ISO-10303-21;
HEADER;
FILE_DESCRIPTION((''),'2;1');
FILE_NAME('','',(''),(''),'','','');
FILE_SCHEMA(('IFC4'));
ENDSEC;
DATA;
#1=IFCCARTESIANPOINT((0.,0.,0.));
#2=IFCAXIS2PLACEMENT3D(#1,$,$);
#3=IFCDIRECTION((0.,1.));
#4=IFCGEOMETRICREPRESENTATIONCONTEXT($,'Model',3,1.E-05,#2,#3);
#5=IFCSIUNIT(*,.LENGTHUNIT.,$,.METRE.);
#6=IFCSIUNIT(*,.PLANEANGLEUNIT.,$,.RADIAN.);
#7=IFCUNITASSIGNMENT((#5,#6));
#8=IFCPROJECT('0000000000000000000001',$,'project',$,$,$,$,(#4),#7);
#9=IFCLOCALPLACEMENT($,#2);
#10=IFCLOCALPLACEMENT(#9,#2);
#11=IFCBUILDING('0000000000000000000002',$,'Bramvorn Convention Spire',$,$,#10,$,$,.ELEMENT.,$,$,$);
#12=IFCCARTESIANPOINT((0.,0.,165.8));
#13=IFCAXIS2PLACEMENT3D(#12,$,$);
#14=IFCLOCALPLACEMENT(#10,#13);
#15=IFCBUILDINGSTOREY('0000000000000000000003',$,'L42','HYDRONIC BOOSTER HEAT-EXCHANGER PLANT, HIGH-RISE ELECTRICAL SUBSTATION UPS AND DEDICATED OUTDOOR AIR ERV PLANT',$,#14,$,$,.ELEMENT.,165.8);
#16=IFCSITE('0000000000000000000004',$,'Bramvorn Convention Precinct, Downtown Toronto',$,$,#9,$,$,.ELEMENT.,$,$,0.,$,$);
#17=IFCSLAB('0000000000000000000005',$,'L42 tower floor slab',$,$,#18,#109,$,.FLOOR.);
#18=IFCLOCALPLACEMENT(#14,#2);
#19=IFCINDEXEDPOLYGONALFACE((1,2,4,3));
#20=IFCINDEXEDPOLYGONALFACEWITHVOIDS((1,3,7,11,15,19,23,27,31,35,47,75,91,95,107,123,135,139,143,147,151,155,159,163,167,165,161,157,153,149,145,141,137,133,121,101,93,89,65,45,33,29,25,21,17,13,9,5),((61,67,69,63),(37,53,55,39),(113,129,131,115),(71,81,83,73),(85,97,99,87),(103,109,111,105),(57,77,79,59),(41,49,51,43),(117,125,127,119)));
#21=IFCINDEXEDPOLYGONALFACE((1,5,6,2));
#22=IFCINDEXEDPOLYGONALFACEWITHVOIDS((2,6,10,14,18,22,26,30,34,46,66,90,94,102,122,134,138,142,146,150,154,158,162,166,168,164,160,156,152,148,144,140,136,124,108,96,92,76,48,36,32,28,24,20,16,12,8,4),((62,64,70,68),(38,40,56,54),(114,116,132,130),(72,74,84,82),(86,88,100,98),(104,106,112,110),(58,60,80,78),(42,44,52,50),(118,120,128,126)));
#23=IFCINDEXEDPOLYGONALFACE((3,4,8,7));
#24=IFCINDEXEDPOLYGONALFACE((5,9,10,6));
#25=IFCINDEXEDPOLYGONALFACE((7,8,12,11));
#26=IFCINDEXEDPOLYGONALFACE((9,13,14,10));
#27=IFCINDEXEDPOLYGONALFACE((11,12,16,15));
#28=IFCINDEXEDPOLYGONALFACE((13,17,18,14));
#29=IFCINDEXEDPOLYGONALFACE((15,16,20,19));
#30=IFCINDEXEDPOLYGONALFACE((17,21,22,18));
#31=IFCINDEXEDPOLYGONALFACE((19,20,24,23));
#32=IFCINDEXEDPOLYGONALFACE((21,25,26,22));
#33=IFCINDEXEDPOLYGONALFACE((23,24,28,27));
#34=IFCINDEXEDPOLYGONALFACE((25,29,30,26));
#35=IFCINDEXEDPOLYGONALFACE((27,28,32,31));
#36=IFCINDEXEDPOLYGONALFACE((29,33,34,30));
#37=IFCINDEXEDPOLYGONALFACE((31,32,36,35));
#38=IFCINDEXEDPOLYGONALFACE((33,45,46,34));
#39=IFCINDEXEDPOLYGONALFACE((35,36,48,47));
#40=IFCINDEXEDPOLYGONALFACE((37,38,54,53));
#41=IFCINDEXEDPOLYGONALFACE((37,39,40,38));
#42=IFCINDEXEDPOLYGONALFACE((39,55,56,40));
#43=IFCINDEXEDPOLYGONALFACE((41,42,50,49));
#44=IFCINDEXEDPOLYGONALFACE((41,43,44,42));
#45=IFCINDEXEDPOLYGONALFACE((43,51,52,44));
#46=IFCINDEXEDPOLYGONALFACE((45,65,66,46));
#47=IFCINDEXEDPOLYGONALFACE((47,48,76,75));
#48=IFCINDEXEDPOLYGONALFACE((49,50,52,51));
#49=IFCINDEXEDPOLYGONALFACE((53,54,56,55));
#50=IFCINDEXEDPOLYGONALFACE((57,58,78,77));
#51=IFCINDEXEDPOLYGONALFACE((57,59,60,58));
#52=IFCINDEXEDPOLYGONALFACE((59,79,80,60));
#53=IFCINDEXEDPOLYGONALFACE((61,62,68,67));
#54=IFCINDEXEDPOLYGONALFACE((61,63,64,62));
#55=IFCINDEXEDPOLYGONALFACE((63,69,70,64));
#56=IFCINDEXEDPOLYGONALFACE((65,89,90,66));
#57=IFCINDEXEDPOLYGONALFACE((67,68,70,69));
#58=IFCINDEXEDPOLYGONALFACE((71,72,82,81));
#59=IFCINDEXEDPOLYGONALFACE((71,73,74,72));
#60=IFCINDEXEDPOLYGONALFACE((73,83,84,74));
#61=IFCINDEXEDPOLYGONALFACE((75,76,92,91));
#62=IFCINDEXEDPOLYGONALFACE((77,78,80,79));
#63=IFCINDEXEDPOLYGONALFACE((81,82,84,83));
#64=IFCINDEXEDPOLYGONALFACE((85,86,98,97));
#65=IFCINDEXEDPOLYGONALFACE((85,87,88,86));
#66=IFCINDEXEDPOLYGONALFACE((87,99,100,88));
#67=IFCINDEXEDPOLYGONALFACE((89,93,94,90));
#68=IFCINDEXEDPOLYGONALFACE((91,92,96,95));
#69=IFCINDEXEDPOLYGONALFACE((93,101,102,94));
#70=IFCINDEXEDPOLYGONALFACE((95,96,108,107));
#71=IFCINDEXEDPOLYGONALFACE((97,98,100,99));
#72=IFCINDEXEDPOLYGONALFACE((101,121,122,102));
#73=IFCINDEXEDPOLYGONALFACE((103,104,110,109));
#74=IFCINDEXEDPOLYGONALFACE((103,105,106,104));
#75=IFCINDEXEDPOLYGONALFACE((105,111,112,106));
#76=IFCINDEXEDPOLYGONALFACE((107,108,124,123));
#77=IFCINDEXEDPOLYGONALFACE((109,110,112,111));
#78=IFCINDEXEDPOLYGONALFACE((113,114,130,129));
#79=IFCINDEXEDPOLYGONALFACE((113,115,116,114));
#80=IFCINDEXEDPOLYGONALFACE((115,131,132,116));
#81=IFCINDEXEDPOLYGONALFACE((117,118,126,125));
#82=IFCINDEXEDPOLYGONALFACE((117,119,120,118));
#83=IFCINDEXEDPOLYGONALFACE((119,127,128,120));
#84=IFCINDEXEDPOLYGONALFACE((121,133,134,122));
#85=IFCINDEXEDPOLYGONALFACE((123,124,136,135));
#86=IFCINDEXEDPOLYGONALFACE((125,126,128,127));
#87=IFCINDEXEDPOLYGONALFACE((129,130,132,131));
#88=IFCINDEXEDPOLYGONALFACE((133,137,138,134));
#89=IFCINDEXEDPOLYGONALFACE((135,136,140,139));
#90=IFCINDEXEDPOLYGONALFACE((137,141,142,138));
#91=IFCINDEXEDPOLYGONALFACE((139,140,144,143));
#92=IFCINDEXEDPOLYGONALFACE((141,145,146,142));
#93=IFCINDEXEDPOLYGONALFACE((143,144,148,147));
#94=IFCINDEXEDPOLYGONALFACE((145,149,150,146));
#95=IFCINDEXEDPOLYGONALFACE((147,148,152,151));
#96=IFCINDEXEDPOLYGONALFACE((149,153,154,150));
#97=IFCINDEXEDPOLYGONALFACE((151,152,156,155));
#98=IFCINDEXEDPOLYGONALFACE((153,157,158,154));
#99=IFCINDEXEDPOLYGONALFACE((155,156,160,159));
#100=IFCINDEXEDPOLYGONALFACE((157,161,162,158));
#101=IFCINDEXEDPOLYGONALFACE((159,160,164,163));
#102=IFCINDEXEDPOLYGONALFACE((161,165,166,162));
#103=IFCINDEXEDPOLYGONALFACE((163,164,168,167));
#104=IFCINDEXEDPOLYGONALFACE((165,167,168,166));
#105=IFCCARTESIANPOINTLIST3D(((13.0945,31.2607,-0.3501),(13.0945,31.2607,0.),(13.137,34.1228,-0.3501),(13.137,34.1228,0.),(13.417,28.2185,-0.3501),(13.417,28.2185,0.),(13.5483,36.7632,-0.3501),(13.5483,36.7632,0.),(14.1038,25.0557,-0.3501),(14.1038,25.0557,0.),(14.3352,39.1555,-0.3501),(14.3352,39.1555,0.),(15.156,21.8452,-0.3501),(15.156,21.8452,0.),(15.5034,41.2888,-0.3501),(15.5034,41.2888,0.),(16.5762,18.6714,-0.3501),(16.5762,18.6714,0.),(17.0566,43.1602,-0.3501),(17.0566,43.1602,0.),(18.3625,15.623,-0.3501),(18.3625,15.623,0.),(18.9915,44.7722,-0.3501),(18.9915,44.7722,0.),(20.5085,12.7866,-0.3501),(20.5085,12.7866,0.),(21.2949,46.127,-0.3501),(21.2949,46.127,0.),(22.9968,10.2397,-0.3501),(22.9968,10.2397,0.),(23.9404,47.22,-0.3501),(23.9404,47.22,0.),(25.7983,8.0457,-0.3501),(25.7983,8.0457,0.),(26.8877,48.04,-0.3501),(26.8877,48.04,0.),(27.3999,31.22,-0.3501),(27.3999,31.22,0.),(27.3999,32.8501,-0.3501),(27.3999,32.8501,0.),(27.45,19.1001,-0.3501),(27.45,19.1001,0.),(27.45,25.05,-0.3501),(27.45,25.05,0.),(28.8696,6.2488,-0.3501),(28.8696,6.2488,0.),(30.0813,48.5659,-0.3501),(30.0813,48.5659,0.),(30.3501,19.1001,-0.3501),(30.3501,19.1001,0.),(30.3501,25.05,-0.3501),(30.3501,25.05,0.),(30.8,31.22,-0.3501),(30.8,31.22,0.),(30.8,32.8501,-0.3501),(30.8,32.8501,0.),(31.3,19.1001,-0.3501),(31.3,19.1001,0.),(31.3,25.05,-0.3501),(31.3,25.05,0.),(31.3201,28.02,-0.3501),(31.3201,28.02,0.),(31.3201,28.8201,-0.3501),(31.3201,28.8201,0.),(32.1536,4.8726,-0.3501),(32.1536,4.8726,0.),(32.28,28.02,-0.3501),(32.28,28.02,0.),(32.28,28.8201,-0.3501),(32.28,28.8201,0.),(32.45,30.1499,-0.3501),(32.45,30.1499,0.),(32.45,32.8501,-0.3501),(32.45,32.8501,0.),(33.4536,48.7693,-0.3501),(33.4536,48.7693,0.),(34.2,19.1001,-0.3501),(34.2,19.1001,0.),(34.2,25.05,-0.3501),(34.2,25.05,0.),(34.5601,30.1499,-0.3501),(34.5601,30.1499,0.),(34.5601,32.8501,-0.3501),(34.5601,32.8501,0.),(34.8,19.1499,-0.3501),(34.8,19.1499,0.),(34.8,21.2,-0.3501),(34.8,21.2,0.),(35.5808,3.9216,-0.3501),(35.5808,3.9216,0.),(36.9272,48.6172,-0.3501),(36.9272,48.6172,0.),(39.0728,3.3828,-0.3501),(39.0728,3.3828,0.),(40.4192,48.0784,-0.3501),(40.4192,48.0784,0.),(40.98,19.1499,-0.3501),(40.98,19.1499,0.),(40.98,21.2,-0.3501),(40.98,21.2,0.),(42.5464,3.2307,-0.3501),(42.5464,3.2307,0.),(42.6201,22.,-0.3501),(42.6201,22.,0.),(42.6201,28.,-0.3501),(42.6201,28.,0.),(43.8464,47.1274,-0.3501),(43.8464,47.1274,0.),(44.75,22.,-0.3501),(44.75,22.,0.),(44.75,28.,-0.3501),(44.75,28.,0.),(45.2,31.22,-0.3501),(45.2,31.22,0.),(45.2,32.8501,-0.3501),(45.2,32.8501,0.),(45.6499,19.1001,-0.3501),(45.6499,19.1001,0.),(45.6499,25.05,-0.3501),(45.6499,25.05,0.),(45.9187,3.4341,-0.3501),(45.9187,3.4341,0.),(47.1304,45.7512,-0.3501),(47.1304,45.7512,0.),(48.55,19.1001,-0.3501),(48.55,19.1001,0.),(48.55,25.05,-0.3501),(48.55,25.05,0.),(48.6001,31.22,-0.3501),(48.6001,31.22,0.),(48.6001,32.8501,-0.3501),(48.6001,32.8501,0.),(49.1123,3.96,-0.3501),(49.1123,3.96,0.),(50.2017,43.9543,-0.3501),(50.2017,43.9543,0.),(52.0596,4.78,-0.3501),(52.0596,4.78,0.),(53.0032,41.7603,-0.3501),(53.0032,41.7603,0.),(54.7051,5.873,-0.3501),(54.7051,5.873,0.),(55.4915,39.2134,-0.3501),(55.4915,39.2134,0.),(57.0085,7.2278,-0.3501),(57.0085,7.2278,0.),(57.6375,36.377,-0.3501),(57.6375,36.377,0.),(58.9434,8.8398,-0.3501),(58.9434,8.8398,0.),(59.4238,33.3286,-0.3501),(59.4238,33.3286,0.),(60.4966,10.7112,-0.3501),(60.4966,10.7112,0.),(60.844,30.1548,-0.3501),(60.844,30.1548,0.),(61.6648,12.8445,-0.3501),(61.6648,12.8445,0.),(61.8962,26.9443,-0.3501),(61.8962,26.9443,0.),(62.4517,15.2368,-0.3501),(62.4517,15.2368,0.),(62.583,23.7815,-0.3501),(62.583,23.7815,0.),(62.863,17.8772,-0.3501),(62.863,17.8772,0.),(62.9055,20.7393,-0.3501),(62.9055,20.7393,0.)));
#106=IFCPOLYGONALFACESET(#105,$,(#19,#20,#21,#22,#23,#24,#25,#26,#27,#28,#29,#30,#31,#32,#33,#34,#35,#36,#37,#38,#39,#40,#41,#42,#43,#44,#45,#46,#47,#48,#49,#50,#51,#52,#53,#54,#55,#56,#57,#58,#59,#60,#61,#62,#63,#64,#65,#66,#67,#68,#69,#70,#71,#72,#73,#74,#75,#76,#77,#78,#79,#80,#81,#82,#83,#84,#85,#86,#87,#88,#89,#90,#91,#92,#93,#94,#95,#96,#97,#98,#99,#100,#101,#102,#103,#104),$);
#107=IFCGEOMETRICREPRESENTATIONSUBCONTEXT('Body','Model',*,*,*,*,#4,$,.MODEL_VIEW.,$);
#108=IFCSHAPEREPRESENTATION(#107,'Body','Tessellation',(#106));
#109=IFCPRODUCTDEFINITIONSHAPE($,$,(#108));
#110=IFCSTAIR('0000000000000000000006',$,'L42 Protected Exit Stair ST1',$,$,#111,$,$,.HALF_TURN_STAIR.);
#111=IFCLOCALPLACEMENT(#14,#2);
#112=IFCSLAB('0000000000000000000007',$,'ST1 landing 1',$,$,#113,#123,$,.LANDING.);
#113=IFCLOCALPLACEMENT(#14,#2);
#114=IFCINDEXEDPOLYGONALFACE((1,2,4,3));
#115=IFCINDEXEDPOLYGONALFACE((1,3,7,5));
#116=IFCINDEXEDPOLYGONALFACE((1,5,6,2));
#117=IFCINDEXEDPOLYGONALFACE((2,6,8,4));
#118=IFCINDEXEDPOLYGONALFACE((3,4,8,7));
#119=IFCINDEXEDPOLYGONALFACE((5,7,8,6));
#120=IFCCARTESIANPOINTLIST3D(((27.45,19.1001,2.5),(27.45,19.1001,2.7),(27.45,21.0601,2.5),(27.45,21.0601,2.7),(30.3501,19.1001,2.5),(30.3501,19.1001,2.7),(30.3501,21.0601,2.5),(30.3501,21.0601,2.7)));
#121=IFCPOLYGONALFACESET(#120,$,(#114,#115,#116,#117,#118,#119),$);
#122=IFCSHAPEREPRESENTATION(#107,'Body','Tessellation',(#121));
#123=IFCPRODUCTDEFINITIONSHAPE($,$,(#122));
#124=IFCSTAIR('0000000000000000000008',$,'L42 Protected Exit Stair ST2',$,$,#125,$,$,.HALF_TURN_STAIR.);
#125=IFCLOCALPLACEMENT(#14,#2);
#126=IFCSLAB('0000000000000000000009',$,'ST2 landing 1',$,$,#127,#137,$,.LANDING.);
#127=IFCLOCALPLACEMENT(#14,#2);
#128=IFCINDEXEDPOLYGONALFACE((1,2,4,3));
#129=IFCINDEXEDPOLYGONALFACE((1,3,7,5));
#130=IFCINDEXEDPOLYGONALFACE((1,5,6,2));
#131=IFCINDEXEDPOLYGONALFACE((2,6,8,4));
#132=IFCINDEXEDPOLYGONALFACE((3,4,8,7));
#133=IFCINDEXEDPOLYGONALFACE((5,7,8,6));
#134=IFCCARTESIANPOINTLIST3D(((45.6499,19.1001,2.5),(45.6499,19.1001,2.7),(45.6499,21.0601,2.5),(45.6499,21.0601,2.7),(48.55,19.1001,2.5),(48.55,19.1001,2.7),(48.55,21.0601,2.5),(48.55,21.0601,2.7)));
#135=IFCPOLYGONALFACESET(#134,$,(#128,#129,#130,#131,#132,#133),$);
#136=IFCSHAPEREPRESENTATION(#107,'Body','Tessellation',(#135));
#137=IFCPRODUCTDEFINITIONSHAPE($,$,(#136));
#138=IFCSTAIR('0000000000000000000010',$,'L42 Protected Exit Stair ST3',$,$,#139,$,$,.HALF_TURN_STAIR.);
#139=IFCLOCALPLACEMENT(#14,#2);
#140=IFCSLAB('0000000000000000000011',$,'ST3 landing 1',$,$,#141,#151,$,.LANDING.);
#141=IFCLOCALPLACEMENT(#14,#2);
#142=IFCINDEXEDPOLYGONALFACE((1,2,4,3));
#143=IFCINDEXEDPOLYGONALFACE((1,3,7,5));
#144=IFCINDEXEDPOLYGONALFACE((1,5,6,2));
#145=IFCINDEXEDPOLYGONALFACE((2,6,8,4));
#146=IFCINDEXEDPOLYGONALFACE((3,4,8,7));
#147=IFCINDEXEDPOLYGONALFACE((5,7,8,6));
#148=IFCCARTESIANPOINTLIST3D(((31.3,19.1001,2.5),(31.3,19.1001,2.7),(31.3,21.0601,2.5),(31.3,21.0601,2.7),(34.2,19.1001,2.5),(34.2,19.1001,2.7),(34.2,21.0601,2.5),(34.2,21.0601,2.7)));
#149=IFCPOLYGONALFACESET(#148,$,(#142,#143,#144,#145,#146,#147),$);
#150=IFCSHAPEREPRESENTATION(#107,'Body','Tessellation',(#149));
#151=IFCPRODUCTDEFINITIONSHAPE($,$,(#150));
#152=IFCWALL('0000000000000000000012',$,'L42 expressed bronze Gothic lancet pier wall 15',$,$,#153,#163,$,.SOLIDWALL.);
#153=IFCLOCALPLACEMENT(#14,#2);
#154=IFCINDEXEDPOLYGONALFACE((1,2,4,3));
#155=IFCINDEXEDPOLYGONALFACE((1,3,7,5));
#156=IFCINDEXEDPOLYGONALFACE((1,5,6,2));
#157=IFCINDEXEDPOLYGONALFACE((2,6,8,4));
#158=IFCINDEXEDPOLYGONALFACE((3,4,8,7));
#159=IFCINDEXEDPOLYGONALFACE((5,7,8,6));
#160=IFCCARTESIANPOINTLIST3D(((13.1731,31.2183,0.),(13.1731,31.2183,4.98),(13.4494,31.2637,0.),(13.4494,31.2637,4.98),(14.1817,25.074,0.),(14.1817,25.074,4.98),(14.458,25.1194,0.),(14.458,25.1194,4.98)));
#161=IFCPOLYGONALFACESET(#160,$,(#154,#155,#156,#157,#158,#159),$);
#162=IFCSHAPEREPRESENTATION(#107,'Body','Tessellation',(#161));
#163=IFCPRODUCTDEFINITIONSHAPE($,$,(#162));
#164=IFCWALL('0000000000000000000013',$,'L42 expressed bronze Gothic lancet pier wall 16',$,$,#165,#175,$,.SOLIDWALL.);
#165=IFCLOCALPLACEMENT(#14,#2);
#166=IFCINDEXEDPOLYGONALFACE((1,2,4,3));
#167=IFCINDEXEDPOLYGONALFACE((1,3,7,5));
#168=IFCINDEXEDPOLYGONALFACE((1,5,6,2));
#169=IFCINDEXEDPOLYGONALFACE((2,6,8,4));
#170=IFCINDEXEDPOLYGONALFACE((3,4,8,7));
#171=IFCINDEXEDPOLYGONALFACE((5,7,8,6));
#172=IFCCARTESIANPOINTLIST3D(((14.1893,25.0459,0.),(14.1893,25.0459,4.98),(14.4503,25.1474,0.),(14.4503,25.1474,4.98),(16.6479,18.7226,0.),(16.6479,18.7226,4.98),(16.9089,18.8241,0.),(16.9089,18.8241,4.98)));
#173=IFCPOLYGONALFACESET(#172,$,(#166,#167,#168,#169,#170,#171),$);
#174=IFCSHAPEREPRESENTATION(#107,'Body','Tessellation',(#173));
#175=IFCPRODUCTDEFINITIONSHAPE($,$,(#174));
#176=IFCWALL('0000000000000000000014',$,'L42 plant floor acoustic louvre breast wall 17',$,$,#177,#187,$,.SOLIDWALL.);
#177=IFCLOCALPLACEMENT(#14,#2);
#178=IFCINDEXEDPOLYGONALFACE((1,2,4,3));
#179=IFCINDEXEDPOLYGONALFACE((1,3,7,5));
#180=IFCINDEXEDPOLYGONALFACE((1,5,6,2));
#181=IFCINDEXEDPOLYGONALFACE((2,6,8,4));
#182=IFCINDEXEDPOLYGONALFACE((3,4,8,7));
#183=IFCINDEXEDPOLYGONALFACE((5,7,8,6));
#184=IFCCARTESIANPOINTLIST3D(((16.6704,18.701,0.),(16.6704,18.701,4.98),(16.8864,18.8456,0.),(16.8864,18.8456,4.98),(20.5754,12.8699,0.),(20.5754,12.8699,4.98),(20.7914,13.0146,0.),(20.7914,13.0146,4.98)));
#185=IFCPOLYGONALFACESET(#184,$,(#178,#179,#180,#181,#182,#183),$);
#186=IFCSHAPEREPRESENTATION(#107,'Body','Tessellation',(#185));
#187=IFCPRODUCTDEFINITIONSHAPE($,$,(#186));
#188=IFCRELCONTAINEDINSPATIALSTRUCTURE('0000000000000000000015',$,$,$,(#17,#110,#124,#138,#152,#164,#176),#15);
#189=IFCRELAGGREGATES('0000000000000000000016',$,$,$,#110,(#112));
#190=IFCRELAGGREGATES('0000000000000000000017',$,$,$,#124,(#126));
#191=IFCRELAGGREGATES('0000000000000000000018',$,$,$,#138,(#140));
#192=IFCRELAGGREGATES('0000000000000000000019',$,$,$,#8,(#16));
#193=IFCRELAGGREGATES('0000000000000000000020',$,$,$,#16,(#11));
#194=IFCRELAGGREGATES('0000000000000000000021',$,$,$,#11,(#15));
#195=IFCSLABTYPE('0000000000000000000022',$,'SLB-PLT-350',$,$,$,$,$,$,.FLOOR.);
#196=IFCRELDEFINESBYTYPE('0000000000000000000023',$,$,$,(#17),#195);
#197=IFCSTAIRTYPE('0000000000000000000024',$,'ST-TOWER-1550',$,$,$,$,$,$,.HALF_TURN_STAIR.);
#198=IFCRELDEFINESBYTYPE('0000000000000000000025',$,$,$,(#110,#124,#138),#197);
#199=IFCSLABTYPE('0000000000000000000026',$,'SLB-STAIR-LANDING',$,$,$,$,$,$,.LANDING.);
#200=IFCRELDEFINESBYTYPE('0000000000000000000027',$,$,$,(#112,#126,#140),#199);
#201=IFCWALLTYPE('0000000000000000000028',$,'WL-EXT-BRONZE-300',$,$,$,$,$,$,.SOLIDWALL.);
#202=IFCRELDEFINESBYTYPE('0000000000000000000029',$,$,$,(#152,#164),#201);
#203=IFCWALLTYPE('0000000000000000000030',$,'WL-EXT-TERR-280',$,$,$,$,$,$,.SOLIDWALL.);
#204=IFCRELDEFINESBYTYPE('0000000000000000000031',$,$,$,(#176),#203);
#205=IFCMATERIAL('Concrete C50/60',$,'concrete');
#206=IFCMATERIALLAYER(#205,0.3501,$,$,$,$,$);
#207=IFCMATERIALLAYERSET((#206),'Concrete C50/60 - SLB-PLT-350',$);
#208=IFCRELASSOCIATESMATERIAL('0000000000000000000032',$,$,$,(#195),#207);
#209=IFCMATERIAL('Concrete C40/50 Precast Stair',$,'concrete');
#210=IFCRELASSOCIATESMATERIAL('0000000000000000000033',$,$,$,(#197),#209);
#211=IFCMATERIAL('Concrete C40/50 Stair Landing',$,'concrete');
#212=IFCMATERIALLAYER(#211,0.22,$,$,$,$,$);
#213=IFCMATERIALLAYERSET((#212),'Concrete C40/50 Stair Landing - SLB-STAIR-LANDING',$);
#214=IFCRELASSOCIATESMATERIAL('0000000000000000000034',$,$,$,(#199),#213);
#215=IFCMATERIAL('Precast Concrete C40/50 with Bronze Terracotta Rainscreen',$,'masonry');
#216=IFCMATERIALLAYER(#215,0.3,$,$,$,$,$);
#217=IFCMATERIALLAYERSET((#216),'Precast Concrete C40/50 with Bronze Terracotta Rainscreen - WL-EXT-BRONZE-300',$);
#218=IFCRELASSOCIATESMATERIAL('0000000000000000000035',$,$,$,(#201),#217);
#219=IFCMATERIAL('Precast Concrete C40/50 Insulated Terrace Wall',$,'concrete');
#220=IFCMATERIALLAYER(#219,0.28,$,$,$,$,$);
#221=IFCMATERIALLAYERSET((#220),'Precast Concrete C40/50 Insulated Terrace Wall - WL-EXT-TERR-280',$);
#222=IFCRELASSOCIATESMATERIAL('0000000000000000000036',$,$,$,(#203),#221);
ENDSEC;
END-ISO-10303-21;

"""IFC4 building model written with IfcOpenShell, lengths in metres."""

from ifc_helpers import new_model, si_unit, direction, frame, frame_2d, origin, place, context, subcontext, project, spatial, polyline, rectangle, outline, extrude, material, layer, layer_set, type_object, element, aggregate, save


model = new_model("IFC4")

# Units and contexts
model_context = context("Model", 3, precision=1e-05, world=origin(), true_north=direction((0.0, 1.0)))
body_context = subcontext(model_context, "Body", "Model", "MODEL_VIEW")
ifc_project = project(units=[si_unit("LENGTHUNIT", "METRE"), si_unit("PLANEANGLEUNIT", "RADIAN")], contexts=[model_context])

# Site, building, storey
site_placement = place(None, origin())
site = spatial("IfcSite", under=ifc_project, at=site_placement, Name="Bramvorn Convention Precinct, Downtown Toronto", CompositionType="ELEMENT", RefElevation=0.0)
building_placement = place(site_placement, origin())
building = spatial("IfcBuilding", under=site, at=building_placement, Name="Bramvorn Convention Spire", CompositionType="ELEMENT")
storey_placement = place(building_placement, frame((0.0, 0.0, 165.8)))
storey = spatial("IfcBuildingStorey", under=building, at=storey_placement, Name="L42", Description="HYDRONIC BOOSTER HEAT-EXCHANGER PLANT, HIGH-RISE ELECTRICAL SUBSTATION UPS AND DEDICATED OUTDOOR AIR ERV PLANT", CompositionType="ELEMENT", Elevation=165.8)

# Slab
ifc_material_1 = material(Name="Concrete C50/60", Category="concrete")
ifc_layer_1 = layer(ifc_material_1, 0.3501)
ifc_layer_set_1 = layer_set([ifc_layer_1], Name="Concrete C50/60 - SLB-PLT-350")
slab_type_1 = type_object("IfcSlabType", Name="SLB-PLT-350", PredefinedType="FLOOR", material=ifc_layer_set_1)
slab_1_placement = place(storey_placement, frame((0.0, 0.0, -0.3501)))
element("IfcSlab", 1, at=slab_1_placement, inside=storey, type_object=slab_type_1, Name="L42 tower floor slab", PredefinedType="FLOOR", context=body_context, shape_type="SweptSolid", body=[
    extrude(outline(polyline([(60.4966, 10.7112), (61.6648, 12.8445), (62.4517, 15.2368), (62.863, 17.8772), (62.9055, 20.7393), (62.583, 23.7815), (61.8962, 26.9443), (60.844, 30.1548), (59.4238, 33.3286), (57.6375, 36.377), (55.4915, 39.2134), (53.0032, 41.7603), (50.2017, 43.9543), (47.1304, 45.7512), (43.8464, 47.1274), (40.4192, 48.0784), (36.9272, 48.6172), (33.4536, 48.7693), (30.0813, 48.5659), (26.8877, 48.04), (23.9404, 47.22), (21.2949, 46.127), (18.9915, 44.7722), (17.0566, 43.1602), (15.5034, 41.2888), (14.3352, 39.1555), (13.5483, 36.7632), (13.137, 34.1228), (13.0945, 31.2607), (13.417, 28.2185), (14.1038, 25.0557), (15.156, 21.8452), (16.5762, 18.6714), (18.3625, 15.623), (20.5085, 12.7866), (22.9968, 10.2397), (25.7983, 8.0457), (28.8696, 6.2488), (32.1536, 4.8726), (35.5808, 3.9216), (39.0728, 3.3828), (42.5464, 3.2307), (45.9187, 3.4341), (49.1123, 3.96), (52.0596, 4.78), (54.7051, 5.873), (57.0085, 7.2278), (58.9434, 8.8398), (60.4966, 10.7112)]), holes=[polyline([(27.45, 25.05), (27.45, 19.1001), (30.3501, 19.1001), (30.3501, 25.05), (27.45, 25.05)]), polyline([(45.6499, 25.05), (45.6499, 19.1001), (48.55, 19.1001), (48.55, 25.05), (45.6499, 25.05)]), polyline([(31.3, 25.05), (31.3, 19.1001), (34.2, 19.1001), (34.2, 25.05), (31.3, 25.05)]), polyline([(27.3999, 31.22), (30.8, 31.22), (30.8, 32.8501), (27.3999, 32.8501), (27.3999, 31.22)]), polyline([(45.2, 31.22), (48.6001, 31.22), (48.6001, 32.8501), (45.2, 32.8501), (45.2, 31.22)]), polyline([(32.45, 30.1499), (34.5601, 30.1499), (34.5601, 32.8501), (32.45, 32.8501), (32.45, 30.1499)]), polyline([(34.8, 19.1499), (40.98, 19.1499), (40.98, 21.2), (34.8, 21.2), (34.8, 19.1499)]), polyline([(42.6201, 22.0), (44.75, 22.0), (44.75, 28.0), (42.6201, 28.0), (42.6201, 22.0)]), polyline([(31.3201, 28.02), (32.28, 28.02), (32.28, 28.8201), (31.3201, 28.8201), (31.3201, 28.02)])]), origin(), (0.0, 0.0, 1.0), 0.3501),
])

# Stairs, slabs
ifc_material_2 = material(Name="Concrete C40/50 Precast Stair", Category="concrete")
stair_type = type_object("IfcStairType", Name="ST-TOWER-1550", PredefinedType="HALF_TURN_STAIR", material=ifc_material_2)
stair_1_placement = place(storey_placement, origin())
stair_1 = element("IfcStair", 2, at=stair_1_placement, inside=storey, type_object=stair_type, Name="L42 Protected Exit Stair ST1", PredefinedType="HALF_TURN_STAIR")
ifc_material_3 = material(Name="Concrete C40/50 Stair Landing", Category="concrete")
ifc_layer_2 = layer(ifc_material_3, 0.22)
ifc_layer_set_2 = layer_set([ifc_layer_2], Name="Concrete C40/50 Stair Landing - SLB-STAIR-LANDING")
slab_type_2 = type_object("IfcSlabType", Name="SLB-STAIR-LANDING", PredefinedType="LANDING", material=ifc_layer_set_2)
slab_2_placement = place(storey_placement, frame((0.0, 0.0, 2.5)))
slab_2 = element("IfcSlab", 3, at=slab_2_placement, type_object=slab_type_2, Name="ST1 landing 1", PredefinedType="LANDING", context=body_context, shape_type="SweptSolid", body=[
    extrude(outline(polyline([(27.45, 21.0601), (27.45, 19.1001), (30.3501, 19.1001), (30.3501, 21.0601), (27.45, 21.0601)])), origin(), (0.0, 0.0, 1.0), 0.2),
])
aggregate(stair_1, [slab_2])
stair_2_placement = place(storey_placement, origin())
stair_2 = element("IfcStair", 4, at=stair_2_placement, inside=storey, type_object=stair_type, Name="L42 Protected Exit Stair ST2", PredefinedType="HALF_TURN_STAIR")
slab_3_placement = place(storey_placement, frame((0.0, 0.0, 2.5)))
slab_3 = element("IfcSlab", 5, at=slab_3_placement, type_object=slab_type_2, Name="ST2 landing 1", PredefinedType="LANDING", context=body_context, shape_type="SweptSolid", body=[
    extrude(outline(polyline([(45.6499, 21.0601), (45.6499, 19.1001), (48.55, 19.1001), (48.55, 21.0601), (45.6499, 21.0601)])), origin(), (0.0, 0.0, 1.0), 0.2),
])
aggregate(stair_2, [slab_3])
stair_3_placement = place(storey_placement, origin())
stair_3 = element("IfcStair", 6, at=stair_3_placement, inside=storey, type_object=stair_type, Name="L42 Protected Exit Stair ST3", PredefinedType="HALF_TURN_STAIR")
slab_4_placement = place(storey_placement, frame((0.0, 0.0, 2.5)))
slab_4 = element("IfcSlab", 7, at=slab_4_placement, type_object=slab_type_2, Name="ST3 landing 1", PredefinedType="LANDING", context=body_context, shape_type="SweptSolid", body=[
    extrude(outline(polyline([(31.3, 21.0601), (31.3, 19.1001), (34.2, 19.1001), (34.2, 21.0601), (31.3, 21.0601)])), origin(), (0.0, 0.0, 1.0), 0.2),
])
aggregate(stair_3, [slab_4])

# Walls
ifc_material_4 = material(Name="Precast Concrete C40/50 with Bronze Terracotta Rainscreen", Category="masonry")
ifc_layer_3 = layer(ifc_material_4, 0.3)
ifc_layer_set_3 = layer_set([ifc_layer_3], Name="Precast Concrete C40/50 with Bronze Terracotta Rainscreen - WL-EXT-BRONZE-300")
wall_type_1 = type_object("IfcWallType", Name="WL-EXT-BRONZE-300", PredefinedType="SOLIDWALL", material=ifc_layer_set_3)
wall_1_placement = place(storey_placement, frame((14.3198, 25.0967, 0.0), z_axis=(0.0, 0.0, 1.0), x_axis=(-0.161976, 0.986795, 0.0)))
element("IfcWall", 8, at=wall_1_placement, inside=storey, type_object=wall_type_1, Name="L42 expressed bronze Gothic lancet pier wall 15", PredefinedType="SOLIDWALL", context=body_context, shape_type="SweptSolid", body=[
    extrude(rectangle(XDim=6.2266, YDim=0.28, at=frame_2d((3.1133, 0.0))), origin(), (0.0, 0.0, 1.0), 4.98),
])
wall_2_placement = place(storey_placement, frame((16.7783, 18.7734, 0.0), z_axis=(0.0, 0.0, 1.0), x_axis=(-0.362377, 0.932032, 0.0)))
element("IfcWall", 9, at=wall_2_placement, inside=storey, type_object=wall_type_1, Name="L42 expressed bronze Gothic lancet pier wall 16", PredefinedType="SOLIDWALL", context=body_context, shape_type="SweptSolid", body=[
    extrude(rectangle(XDim=6.7844, YDim=0.28, at=frame_2d((3.3921, 0.0))), origin(), (0.0, 0.0, 1.0), 4.98),
])
ifc_material_5 = material(Name="Precast Concrete C40/50 Insulated Terrace Wall", Category="concrete")
ifc_layer_4 = layer(ifc_material_5, 0.28)
ifc_layer_set_4 = layer_set([ifc_layer_4], Name="Precast Concrete C40/50 Insulated Terrace Wall - WL-EXT-TERR-280")
wall_type_2 = type_object("IfcWallType", Name="WL-EXT-TERR-280", PredefinedType="SOLIDWALL", material=ifc_layer_set_4)
wall_3_placement = place(storey_placement, frame((20.6833, 12.9424, 0.0), z_axis=(0.0, 0.0, 1.0), x_axis=(-0.556441, 0.830887, 0.0)))
element("IfcWall", 10, at=wall_3_placement, inside=storey, type_object=wall_type_2, Name="L42 plant floor acoustic louvre breast wall 17", PredefinedType="SOLIDWALL", context=body_context, shape_type="SweptSolid", body=[
    extrude(rectangle(XDim=7.0178, YDim=0.26, at=frame_2d((3.5088, 0.0))), origin(), (0.0, 0.0, 1.0), 4.98),
])

save(model, "model.ifc")
